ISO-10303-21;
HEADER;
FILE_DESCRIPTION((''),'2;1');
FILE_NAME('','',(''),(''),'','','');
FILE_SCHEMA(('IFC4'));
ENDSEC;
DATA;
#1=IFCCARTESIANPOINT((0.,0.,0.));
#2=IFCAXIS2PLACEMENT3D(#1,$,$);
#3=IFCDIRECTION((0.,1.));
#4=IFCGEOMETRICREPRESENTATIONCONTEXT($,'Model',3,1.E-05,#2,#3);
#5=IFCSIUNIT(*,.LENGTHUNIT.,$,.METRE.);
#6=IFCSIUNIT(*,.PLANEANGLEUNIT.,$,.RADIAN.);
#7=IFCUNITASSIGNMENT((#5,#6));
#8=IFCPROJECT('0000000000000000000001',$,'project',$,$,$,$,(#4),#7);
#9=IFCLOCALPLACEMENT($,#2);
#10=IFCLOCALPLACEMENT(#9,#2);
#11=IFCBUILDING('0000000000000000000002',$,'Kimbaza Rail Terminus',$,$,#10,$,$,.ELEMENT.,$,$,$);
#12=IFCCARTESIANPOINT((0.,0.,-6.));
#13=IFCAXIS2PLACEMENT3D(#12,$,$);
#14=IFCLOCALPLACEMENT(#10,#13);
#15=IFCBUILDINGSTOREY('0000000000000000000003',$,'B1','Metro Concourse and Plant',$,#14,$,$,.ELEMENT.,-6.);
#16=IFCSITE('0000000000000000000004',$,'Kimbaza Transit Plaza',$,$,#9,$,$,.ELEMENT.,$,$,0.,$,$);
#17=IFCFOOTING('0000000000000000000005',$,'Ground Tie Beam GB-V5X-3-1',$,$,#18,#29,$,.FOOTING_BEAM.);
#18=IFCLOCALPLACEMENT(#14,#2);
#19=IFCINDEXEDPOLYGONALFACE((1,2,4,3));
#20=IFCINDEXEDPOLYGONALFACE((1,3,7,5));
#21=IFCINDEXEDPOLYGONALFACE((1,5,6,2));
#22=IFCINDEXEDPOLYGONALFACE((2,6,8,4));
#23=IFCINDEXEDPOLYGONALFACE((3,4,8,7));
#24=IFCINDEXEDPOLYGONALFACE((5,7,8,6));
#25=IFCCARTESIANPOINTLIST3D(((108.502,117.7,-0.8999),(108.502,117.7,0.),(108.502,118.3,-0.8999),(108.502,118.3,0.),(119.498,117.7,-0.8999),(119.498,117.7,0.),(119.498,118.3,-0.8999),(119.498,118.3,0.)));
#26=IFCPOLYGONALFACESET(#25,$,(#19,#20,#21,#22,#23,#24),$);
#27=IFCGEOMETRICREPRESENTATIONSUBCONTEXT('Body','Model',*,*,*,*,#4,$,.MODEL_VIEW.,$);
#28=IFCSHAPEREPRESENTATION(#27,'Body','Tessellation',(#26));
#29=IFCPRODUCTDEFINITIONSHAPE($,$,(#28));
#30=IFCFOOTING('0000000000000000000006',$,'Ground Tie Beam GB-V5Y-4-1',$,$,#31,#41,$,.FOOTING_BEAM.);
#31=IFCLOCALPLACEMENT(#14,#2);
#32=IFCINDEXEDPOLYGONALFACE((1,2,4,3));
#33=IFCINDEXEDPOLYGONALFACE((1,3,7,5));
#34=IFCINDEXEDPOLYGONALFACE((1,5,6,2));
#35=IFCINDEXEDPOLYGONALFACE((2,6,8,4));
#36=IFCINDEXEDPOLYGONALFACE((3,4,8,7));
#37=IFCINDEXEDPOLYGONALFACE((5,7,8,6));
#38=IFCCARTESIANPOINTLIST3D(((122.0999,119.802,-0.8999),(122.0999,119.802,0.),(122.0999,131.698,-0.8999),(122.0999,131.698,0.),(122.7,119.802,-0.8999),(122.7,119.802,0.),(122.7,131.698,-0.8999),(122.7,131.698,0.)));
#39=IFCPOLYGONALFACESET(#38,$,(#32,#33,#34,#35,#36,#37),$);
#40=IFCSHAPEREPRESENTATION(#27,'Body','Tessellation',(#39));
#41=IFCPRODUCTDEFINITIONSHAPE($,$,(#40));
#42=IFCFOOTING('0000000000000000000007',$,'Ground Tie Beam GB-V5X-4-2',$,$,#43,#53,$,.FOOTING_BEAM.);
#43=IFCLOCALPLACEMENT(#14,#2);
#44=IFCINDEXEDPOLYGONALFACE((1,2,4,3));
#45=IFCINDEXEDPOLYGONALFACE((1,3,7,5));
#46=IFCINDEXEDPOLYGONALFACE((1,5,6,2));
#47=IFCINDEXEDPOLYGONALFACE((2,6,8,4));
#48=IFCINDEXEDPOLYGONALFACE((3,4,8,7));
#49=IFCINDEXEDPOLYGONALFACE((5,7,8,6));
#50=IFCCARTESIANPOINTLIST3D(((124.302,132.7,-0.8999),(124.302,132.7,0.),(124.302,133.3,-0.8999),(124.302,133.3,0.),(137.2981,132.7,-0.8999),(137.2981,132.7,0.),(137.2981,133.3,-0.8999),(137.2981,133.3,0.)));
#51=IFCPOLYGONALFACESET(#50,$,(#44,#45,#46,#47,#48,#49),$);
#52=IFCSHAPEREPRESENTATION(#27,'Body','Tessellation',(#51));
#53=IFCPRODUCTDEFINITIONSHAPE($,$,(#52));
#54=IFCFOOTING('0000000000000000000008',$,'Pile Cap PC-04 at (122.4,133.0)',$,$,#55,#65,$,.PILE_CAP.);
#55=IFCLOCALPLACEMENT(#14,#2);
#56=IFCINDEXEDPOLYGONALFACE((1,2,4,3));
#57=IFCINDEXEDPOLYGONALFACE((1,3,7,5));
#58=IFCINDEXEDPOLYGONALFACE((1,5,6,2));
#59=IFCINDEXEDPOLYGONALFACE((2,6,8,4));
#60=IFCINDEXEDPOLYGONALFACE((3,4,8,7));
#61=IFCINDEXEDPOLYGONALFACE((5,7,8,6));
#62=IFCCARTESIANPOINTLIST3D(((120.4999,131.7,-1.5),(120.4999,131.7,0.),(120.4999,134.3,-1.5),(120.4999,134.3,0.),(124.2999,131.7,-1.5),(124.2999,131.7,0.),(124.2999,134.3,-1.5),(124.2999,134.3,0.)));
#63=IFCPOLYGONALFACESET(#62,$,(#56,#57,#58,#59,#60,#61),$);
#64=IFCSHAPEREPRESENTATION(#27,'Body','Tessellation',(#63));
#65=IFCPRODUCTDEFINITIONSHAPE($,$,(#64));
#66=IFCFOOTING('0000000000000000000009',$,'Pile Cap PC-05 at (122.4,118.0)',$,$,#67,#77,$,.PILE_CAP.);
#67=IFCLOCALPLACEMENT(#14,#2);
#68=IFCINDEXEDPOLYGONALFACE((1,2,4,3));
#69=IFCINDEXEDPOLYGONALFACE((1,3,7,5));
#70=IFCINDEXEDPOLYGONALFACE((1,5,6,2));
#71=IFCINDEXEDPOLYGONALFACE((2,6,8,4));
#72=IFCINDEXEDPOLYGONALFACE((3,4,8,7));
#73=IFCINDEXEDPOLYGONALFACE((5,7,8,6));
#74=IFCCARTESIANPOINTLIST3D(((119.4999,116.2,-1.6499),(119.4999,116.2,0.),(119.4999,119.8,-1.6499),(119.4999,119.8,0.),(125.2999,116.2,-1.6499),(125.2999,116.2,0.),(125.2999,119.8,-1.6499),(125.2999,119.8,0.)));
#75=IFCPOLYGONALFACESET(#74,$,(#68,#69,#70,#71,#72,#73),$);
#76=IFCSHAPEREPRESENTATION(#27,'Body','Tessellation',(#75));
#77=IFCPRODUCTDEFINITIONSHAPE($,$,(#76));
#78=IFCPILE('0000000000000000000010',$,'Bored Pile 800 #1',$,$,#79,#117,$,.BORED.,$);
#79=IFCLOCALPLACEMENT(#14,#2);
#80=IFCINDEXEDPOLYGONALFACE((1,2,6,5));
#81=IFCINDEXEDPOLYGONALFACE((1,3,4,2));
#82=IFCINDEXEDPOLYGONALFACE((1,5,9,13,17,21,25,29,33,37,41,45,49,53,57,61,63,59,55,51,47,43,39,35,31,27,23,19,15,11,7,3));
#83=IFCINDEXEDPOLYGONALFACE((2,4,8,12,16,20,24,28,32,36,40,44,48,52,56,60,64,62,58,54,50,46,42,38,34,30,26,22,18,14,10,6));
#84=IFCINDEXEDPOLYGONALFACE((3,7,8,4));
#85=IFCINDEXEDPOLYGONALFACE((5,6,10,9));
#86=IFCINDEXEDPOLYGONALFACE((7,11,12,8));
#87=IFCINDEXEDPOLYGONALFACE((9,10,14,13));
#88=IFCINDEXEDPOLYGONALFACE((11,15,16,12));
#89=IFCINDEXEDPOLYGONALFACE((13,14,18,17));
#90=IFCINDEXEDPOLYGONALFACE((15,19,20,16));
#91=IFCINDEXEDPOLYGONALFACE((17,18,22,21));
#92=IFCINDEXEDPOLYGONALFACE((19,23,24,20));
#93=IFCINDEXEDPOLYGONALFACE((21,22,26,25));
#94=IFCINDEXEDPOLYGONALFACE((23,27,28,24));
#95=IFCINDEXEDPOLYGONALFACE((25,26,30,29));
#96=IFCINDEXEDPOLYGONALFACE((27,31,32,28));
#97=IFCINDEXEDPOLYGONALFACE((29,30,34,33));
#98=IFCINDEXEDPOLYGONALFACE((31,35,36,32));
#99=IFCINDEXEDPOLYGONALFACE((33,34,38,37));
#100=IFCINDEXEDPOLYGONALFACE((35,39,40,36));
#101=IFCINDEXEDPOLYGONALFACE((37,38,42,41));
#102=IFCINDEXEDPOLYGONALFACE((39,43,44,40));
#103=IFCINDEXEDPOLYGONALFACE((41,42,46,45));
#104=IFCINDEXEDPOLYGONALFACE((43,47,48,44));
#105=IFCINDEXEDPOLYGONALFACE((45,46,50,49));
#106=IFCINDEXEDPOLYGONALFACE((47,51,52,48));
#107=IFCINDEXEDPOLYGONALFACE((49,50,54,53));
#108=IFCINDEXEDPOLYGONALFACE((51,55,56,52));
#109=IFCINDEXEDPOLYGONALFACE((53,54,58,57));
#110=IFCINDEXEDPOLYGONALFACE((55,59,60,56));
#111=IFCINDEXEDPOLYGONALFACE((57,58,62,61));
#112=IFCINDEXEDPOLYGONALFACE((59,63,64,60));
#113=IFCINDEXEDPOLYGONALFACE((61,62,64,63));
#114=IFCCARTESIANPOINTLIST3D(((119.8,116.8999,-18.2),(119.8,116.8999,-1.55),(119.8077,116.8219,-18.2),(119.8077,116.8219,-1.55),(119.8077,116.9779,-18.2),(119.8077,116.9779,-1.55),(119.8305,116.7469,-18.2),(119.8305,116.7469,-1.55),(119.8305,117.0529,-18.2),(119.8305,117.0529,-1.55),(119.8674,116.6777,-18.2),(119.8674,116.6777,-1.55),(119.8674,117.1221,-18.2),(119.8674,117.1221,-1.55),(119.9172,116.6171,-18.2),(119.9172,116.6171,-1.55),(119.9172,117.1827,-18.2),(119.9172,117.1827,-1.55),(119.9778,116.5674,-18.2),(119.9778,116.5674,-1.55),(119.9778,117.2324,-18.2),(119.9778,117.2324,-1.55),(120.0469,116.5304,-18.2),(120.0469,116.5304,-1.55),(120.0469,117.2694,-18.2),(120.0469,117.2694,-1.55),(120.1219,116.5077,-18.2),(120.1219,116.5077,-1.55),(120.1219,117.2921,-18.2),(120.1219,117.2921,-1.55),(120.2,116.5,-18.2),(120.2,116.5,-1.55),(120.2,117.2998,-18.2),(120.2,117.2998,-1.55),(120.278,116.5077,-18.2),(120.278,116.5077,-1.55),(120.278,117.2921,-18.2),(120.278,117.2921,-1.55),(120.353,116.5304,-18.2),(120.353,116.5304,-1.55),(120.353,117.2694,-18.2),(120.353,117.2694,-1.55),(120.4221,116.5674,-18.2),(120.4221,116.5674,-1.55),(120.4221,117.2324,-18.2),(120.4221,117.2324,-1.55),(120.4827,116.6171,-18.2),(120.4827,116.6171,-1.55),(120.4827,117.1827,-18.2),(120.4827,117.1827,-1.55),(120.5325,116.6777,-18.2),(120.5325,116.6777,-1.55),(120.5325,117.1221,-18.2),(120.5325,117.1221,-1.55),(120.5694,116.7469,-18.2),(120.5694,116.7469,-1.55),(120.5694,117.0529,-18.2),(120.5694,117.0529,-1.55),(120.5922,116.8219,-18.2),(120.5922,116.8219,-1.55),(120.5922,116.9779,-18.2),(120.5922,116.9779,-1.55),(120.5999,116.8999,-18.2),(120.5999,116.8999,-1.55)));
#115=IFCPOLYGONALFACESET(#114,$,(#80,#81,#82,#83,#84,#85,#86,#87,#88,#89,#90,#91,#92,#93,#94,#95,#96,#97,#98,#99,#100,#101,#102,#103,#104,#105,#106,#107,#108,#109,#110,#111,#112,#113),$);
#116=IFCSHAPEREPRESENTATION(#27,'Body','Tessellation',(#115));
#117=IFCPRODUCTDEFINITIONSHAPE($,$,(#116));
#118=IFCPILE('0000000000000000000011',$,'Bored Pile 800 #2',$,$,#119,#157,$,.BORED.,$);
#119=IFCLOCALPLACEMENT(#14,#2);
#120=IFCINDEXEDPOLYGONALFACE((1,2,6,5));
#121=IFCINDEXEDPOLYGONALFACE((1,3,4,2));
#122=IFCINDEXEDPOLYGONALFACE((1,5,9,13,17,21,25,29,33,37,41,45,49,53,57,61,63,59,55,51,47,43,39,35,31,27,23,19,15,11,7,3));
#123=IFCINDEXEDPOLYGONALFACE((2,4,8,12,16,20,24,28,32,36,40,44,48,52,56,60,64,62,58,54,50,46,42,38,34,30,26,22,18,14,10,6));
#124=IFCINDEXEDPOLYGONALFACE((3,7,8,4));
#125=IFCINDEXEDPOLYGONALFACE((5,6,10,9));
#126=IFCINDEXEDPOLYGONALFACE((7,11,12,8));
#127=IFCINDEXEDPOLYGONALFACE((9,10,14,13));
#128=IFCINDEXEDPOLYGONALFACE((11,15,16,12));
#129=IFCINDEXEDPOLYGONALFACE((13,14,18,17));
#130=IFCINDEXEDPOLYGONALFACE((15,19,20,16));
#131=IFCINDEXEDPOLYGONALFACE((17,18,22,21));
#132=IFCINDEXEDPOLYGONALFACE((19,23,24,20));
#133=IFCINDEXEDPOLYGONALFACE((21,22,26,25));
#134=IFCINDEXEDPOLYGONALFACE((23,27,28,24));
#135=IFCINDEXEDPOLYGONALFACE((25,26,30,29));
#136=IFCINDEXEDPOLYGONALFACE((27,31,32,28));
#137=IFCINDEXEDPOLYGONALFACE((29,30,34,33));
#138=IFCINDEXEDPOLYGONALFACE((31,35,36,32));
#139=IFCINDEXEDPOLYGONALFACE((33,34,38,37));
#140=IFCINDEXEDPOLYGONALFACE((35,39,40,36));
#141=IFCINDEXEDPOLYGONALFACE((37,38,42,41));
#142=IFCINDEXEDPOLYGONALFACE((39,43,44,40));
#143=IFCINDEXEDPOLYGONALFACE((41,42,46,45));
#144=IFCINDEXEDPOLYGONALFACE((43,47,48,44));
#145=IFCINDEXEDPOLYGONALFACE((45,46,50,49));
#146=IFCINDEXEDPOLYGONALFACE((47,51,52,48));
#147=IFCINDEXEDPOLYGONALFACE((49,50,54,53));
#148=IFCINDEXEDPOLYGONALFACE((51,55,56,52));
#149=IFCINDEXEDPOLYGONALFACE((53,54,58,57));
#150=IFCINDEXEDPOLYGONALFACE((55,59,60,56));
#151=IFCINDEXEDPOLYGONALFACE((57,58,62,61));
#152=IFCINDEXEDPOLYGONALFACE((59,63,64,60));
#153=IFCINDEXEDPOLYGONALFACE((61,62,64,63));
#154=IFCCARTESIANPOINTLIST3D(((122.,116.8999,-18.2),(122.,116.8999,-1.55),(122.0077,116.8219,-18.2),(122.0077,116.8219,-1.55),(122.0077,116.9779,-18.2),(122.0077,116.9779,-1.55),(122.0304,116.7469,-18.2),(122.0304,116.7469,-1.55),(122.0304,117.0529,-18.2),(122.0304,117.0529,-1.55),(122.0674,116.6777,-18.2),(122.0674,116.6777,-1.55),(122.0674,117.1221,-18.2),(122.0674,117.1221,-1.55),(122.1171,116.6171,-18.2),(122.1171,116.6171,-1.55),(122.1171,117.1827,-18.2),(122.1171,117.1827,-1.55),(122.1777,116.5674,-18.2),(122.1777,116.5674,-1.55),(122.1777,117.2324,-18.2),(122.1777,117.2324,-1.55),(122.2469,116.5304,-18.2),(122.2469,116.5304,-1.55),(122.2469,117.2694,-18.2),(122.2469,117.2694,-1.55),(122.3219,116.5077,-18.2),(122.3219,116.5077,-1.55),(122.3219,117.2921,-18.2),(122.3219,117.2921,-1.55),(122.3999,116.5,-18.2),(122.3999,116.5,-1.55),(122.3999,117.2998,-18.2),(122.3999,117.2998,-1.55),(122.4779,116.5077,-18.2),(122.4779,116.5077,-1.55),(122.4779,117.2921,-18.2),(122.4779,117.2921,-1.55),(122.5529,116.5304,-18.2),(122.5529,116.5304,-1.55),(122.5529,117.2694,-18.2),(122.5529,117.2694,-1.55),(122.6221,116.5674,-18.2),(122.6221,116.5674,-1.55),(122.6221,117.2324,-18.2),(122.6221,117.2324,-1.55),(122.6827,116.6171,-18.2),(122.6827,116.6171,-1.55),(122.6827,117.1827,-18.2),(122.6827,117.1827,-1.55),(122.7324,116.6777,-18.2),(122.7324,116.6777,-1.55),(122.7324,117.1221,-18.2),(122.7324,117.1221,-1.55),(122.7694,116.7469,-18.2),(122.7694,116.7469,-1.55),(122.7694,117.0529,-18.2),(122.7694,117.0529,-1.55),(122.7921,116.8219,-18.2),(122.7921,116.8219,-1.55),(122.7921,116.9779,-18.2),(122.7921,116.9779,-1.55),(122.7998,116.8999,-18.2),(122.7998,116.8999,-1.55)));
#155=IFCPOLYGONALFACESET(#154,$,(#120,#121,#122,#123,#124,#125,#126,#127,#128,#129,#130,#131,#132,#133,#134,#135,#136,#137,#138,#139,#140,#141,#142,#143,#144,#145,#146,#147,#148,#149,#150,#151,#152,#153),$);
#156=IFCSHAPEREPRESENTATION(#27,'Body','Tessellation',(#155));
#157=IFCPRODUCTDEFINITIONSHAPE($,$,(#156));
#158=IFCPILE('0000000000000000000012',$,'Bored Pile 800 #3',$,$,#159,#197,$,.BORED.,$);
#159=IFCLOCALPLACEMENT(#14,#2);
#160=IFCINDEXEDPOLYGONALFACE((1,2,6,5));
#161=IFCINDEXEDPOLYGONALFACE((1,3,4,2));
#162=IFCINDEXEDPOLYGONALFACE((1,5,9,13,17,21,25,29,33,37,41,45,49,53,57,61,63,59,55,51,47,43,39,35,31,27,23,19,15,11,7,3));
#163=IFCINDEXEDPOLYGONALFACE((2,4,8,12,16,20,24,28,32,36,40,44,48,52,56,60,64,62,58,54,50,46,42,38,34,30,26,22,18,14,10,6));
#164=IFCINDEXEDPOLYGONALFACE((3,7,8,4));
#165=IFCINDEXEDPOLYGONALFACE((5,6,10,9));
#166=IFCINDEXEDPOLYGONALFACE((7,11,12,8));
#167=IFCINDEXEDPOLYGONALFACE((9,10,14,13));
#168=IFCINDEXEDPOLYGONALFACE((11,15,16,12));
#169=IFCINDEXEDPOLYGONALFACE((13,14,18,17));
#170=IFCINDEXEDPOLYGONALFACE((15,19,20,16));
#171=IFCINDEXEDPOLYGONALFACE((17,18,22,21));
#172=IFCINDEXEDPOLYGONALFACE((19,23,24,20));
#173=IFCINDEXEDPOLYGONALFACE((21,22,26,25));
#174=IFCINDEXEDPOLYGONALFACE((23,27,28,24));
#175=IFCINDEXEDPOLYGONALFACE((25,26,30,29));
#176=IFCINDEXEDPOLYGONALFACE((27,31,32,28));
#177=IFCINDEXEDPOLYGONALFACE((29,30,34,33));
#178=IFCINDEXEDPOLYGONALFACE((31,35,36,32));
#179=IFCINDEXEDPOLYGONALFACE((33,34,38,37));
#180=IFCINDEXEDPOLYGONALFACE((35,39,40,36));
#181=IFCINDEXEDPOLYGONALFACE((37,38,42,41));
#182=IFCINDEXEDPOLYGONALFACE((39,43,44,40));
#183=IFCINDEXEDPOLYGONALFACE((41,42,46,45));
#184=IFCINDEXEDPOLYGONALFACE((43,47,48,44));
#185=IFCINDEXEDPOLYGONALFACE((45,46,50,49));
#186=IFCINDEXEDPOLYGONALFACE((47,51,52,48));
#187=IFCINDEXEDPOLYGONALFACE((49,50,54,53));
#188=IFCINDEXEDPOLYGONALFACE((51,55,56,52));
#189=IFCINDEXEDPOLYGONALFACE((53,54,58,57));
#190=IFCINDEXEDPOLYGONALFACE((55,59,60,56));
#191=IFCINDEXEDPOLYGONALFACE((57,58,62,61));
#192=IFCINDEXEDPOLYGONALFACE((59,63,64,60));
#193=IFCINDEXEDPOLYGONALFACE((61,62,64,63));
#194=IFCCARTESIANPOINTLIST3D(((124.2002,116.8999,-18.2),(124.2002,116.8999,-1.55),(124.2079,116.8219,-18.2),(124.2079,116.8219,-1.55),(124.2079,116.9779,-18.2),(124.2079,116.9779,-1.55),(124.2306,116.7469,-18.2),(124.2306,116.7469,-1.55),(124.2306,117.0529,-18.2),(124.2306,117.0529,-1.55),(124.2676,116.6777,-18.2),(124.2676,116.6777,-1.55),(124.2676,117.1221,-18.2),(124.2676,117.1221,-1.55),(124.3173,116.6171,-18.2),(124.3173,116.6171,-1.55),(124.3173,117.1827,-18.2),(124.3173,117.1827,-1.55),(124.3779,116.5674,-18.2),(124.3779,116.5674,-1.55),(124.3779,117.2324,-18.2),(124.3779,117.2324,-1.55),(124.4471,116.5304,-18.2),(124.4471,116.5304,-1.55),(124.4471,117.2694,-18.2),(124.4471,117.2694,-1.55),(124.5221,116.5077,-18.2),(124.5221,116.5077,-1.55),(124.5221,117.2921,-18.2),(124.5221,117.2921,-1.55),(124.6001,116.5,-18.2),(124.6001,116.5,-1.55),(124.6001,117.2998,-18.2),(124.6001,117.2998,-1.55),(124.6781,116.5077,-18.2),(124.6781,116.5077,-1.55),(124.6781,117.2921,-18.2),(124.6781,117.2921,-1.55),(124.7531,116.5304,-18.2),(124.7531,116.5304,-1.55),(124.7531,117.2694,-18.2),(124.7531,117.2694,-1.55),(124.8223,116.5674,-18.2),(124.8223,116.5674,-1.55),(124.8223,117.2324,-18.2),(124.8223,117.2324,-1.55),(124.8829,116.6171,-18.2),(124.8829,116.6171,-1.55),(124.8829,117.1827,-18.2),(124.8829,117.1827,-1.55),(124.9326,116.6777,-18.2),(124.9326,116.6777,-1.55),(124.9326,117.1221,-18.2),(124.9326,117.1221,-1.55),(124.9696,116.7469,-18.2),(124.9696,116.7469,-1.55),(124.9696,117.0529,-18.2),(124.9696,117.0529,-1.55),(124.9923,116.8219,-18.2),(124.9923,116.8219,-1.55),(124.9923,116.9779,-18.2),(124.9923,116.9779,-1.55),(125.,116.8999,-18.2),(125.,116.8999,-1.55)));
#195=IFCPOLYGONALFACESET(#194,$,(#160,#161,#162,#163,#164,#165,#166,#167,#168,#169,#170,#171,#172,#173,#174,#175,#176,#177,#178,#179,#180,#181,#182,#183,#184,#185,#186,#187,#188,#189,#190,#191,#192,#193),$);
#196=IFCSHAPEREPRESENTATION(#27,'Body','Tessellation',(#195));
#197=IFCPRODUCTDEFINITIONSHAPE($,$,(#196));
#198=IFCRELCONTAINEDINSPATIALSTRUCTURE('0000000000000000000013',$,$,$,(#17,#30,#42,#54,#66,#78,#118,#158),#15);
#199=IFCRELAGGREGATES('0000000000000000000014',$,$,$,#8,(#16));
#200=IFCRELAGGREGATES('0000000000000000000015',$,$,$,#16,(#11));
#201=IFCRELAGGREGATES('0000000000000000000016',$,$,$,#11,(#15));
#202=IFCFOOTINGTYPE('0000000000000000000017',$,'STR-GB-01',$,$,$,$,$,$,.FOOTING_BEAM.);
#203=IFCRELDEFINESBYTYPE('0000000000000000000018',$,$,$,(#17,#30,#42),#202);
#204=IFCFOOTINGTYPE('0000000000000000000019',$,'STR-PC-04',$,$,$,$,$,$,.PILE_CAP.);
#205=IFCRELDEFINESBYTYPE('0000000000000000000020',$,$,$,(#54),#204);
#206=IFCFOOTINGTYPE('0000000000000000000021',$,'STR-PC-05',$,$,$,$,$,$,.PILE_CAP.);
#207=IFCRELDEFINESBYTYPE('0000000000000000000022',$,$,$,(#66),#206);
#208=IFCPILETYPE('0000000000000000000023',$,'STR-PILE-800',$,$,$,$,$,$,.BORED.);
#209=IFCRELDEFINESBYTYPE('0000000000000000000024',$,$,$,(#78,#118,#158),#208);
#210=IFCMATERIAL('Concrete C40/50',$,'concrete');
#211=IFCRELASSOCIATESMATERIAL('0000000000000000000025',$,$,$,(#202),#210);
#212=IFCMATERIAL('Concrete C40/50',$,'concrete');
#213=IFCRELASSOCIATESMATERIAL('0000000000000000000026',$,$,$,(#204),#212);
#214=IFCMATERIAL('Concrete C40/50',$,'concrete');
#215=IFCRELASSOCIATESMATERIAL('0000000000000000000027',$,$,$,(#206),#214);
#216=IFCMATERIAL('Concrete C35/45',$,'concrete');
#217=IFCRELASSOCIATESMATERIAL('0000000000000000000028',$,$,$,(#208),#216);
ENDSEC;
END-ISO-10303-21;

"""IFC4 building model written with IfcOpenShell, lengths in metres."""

from ifc_helpers import new_model, si_unit, direction, frame, origin, origin_2d, place, context, subcontext, project, spatial, rectangle, circle, extrude, material, material_profile, profile_set, type_object, element, save


model = new_model("IFC4")

# Units and contexts
model_context = context("Model", 3, precision=1e-05, world=origin(), true_north=direction((0.0, 1.0)))
body_context = subcontext(model_context, "Body", "Model", "MODEL_VIEW")
ifc_project = project(units=[si_unit("LENGTHUNIT", "METRE"), si_unit("PLANEANGLEUNIT", "RADIAN")], contexts=[model_context])

# Site, building, storey
site_placement = place(None, origin())
site = spatial("IfcSite", under=ifc_project, at=site_placement, Name="Kimbaza Transit Plaza", CompositionType="ELEMENT", RefElevation=0.0)
building_placement = place(site_placement, origin())
building = spatial("IfcBuilding", under=site, at=building_placement, Name="Kimbaza Rail Terminus", CompositionType="ELEMENT")
storey_placement = place(building_placement, frame((0.0, 0.0, -6.0)))
storey = spatial("IfcBuildingStorey", under=building, at=storey_placement, Name="B1", Description="Metro Concourse and Plant", CompositionType="ELEMENT", Elevation=-6.0)

# Footings
ifc_material_1 = material(Name="Concrete C40/50", Category="concrete")
ifc_material_profile_1 = material_profile(ifc_material_1, rectangle(XDim=0.6001, YDim=0.8999, at=origin_2d()), Name="GB-01 600x900")
ifc_profile_set_1 = profile_set([ifc_material_profile_1], Name="Concrete C40/50")
footing_type_1 = type_object("IfcFootingType", Name="STR-GB-01", PredefinedType="FOOTING_BEAM", material=ifc_profile_set_1)
footing_1_placement = place(storey_placement, frame((108.502, 118.0, -0.45), z_axis=(1.0, 0.0, 0.0), x_axis=(0.0, 1.0, 0.0)))
element("IfcFooting", 1, at=footing_1_placement, inside=storey, type_object=footing_type_1, Name="Ground Tie Beam GB-V5X-3-1", PredefinedType="FOOTING_BEAM", context=body_context, shape_type="SweptSolid", body=[
    extrude(rectangle(XDim=0.6001, YDim=0.8999, at=origin_2d()), origin(), (0.0, 0.0, 1.0), 10.9961),
])
footing_2_placement = place(storey_placement, frame((122.3999, 119.802, -0.45), z_axis=(0.0, 1.0, 0.0), x_axis=(-1.0, 0.0, 0.0)))
element("IfcFooting", 2, at=footing_2_placement, inside=storey, type_object=footing_type_1, Name="Ground Tie Beam GB-V5Y-4-1", PredefinedType="FOOTING_BEAM", context=body_context, shape_type="SweptSolid", body=[
    extrude(rectangle(XDim=0.6001, YDim=0.8999, at=origin_2d()), origin(), (0.0, 0.0, 1.0), 11.896),
])
footing_3_placement = place(storey_placement, frame((124.302, 133.0, -0.45), z_axis=(1.0, 0.0, 0.0), x_axis=(0.0, 1.0, 0.0)))
element("IfcFooting", 3, at=footing_3_placement, inside=storey, type_object=footing_type_1, Name="Ground Tie Beam GB-V5X-4-2", PredefinedType="FOOTING_BEAM", context=body_context, shape_type="SweptSolid", body=[
    extrude(rectangle(XDim=0.6001, YDim=0.8999, at=origin_2d()), origin(), (0.0, 0.0, 1.0), 12.9961),
])
ifc_material_2 = material(Name="Concrete C40/50", Category="concrete")
footing_type_2 = type_object("IfcFootingType", Name="STR-PC-04", PredefinedType="PILE_CAP", material=ifc_material_2)
footing_4_placement = place(storey_placement, frame((122.3999, 133.0, -1.5), z_axis=(0.0, 0.0, 1.0), x_axis=(1.0, 0.0, 0.0)))
element("IfcFooting", 4, at=footing_4_placement, inside=storey, type_object=footing_type_2, Name="Pile Cap PC-04 at (122.4,133.0)", PredefinedType="PILE_CAP", context=body_context, shape_type="SweptSolid", body=[
    extrude(rectangle(XDim=3.8, YDim=2.6001, at=origin_2d()), origin(), (0.0, 0.0, 1.0), 1.5),
])
ifc_material_3 = material(Name="Concrete C40/50", Category="concrete")
footing_type_3 = type_object("IfcFootingType", Name="STR-PC-05", PredefinedType="PILE_CAP", material=ifc_material_3)
footing_5_placement = place(storey_placement, frame((122.3999, 118.0, -1.6499), z_axis=(0.0, 0.0, 1.0), x_axis=(1.0, 0.0, 0.0)))
element("IfcFooting", 5, at=footing_5_placement, inside=storey, type_object=footing_type_3, Name="Pile Cap PC-05 at (122.4,118.0)", PredefinedType="PILE_CAP", context=body_context, shape_type="SweptSolid", body=[
    extrude(rectangle(XDim=5.8, YDim=3.6001, at=origin_2d()), origin(), (0.0, 0.0, 1.0), 1.6499),
])

# Piles
ifc_material_4 = material(Name="Concrete C35/45", Category="concrete")
ifc_material_profile_2 = material_profile(ifc_material_4, circle(Radius=0.3999, at=origin_2d()), Name="BORED PILE 800")
ifc_profile_set_2 = profile_set([ifc_material_profile_2], Name="Concrete C35/45")
pile_type = type_object("IfcPileType", Name="STR-PILE-800", PredefinedType="BORED", material=ifc_profile_set_2)
for number, where, z_axis, x_axis, name in (
    (6, (120.2, 116.8999, -1.55), (0.0, 0.0, -1.0), (1.0, 0.0, 0.0), "Bored Pile 800 #1"),
    (7, (122.3999, 116.8999, -1.55), (0.0, 0.0, -1.0), (1.0, 0.0, 0.0), "Bored Pile 800 #2"),
    (8, (124.6001, 116.8999, -1.55), (0.0, 0.0, -1.0), (1.0, 0.0, 0.0), "Bored Pile 800 #3"),
):
    element("IfcPile", number, at=place(storey_placement, frame(where, z_axis=z_axis, x_axis=x_axis)), inside=storey, type_object=pile_type, Name=name, PredefinedType="BORED", context=body_context, shape_type="SweptSolid", body=[
        extrude(circle(Radius=0.3999, at=origin_2d()), origin(), (0.0, 0.0, 1.0), 16.6499),
    ])

save(model, "model.ifc")
